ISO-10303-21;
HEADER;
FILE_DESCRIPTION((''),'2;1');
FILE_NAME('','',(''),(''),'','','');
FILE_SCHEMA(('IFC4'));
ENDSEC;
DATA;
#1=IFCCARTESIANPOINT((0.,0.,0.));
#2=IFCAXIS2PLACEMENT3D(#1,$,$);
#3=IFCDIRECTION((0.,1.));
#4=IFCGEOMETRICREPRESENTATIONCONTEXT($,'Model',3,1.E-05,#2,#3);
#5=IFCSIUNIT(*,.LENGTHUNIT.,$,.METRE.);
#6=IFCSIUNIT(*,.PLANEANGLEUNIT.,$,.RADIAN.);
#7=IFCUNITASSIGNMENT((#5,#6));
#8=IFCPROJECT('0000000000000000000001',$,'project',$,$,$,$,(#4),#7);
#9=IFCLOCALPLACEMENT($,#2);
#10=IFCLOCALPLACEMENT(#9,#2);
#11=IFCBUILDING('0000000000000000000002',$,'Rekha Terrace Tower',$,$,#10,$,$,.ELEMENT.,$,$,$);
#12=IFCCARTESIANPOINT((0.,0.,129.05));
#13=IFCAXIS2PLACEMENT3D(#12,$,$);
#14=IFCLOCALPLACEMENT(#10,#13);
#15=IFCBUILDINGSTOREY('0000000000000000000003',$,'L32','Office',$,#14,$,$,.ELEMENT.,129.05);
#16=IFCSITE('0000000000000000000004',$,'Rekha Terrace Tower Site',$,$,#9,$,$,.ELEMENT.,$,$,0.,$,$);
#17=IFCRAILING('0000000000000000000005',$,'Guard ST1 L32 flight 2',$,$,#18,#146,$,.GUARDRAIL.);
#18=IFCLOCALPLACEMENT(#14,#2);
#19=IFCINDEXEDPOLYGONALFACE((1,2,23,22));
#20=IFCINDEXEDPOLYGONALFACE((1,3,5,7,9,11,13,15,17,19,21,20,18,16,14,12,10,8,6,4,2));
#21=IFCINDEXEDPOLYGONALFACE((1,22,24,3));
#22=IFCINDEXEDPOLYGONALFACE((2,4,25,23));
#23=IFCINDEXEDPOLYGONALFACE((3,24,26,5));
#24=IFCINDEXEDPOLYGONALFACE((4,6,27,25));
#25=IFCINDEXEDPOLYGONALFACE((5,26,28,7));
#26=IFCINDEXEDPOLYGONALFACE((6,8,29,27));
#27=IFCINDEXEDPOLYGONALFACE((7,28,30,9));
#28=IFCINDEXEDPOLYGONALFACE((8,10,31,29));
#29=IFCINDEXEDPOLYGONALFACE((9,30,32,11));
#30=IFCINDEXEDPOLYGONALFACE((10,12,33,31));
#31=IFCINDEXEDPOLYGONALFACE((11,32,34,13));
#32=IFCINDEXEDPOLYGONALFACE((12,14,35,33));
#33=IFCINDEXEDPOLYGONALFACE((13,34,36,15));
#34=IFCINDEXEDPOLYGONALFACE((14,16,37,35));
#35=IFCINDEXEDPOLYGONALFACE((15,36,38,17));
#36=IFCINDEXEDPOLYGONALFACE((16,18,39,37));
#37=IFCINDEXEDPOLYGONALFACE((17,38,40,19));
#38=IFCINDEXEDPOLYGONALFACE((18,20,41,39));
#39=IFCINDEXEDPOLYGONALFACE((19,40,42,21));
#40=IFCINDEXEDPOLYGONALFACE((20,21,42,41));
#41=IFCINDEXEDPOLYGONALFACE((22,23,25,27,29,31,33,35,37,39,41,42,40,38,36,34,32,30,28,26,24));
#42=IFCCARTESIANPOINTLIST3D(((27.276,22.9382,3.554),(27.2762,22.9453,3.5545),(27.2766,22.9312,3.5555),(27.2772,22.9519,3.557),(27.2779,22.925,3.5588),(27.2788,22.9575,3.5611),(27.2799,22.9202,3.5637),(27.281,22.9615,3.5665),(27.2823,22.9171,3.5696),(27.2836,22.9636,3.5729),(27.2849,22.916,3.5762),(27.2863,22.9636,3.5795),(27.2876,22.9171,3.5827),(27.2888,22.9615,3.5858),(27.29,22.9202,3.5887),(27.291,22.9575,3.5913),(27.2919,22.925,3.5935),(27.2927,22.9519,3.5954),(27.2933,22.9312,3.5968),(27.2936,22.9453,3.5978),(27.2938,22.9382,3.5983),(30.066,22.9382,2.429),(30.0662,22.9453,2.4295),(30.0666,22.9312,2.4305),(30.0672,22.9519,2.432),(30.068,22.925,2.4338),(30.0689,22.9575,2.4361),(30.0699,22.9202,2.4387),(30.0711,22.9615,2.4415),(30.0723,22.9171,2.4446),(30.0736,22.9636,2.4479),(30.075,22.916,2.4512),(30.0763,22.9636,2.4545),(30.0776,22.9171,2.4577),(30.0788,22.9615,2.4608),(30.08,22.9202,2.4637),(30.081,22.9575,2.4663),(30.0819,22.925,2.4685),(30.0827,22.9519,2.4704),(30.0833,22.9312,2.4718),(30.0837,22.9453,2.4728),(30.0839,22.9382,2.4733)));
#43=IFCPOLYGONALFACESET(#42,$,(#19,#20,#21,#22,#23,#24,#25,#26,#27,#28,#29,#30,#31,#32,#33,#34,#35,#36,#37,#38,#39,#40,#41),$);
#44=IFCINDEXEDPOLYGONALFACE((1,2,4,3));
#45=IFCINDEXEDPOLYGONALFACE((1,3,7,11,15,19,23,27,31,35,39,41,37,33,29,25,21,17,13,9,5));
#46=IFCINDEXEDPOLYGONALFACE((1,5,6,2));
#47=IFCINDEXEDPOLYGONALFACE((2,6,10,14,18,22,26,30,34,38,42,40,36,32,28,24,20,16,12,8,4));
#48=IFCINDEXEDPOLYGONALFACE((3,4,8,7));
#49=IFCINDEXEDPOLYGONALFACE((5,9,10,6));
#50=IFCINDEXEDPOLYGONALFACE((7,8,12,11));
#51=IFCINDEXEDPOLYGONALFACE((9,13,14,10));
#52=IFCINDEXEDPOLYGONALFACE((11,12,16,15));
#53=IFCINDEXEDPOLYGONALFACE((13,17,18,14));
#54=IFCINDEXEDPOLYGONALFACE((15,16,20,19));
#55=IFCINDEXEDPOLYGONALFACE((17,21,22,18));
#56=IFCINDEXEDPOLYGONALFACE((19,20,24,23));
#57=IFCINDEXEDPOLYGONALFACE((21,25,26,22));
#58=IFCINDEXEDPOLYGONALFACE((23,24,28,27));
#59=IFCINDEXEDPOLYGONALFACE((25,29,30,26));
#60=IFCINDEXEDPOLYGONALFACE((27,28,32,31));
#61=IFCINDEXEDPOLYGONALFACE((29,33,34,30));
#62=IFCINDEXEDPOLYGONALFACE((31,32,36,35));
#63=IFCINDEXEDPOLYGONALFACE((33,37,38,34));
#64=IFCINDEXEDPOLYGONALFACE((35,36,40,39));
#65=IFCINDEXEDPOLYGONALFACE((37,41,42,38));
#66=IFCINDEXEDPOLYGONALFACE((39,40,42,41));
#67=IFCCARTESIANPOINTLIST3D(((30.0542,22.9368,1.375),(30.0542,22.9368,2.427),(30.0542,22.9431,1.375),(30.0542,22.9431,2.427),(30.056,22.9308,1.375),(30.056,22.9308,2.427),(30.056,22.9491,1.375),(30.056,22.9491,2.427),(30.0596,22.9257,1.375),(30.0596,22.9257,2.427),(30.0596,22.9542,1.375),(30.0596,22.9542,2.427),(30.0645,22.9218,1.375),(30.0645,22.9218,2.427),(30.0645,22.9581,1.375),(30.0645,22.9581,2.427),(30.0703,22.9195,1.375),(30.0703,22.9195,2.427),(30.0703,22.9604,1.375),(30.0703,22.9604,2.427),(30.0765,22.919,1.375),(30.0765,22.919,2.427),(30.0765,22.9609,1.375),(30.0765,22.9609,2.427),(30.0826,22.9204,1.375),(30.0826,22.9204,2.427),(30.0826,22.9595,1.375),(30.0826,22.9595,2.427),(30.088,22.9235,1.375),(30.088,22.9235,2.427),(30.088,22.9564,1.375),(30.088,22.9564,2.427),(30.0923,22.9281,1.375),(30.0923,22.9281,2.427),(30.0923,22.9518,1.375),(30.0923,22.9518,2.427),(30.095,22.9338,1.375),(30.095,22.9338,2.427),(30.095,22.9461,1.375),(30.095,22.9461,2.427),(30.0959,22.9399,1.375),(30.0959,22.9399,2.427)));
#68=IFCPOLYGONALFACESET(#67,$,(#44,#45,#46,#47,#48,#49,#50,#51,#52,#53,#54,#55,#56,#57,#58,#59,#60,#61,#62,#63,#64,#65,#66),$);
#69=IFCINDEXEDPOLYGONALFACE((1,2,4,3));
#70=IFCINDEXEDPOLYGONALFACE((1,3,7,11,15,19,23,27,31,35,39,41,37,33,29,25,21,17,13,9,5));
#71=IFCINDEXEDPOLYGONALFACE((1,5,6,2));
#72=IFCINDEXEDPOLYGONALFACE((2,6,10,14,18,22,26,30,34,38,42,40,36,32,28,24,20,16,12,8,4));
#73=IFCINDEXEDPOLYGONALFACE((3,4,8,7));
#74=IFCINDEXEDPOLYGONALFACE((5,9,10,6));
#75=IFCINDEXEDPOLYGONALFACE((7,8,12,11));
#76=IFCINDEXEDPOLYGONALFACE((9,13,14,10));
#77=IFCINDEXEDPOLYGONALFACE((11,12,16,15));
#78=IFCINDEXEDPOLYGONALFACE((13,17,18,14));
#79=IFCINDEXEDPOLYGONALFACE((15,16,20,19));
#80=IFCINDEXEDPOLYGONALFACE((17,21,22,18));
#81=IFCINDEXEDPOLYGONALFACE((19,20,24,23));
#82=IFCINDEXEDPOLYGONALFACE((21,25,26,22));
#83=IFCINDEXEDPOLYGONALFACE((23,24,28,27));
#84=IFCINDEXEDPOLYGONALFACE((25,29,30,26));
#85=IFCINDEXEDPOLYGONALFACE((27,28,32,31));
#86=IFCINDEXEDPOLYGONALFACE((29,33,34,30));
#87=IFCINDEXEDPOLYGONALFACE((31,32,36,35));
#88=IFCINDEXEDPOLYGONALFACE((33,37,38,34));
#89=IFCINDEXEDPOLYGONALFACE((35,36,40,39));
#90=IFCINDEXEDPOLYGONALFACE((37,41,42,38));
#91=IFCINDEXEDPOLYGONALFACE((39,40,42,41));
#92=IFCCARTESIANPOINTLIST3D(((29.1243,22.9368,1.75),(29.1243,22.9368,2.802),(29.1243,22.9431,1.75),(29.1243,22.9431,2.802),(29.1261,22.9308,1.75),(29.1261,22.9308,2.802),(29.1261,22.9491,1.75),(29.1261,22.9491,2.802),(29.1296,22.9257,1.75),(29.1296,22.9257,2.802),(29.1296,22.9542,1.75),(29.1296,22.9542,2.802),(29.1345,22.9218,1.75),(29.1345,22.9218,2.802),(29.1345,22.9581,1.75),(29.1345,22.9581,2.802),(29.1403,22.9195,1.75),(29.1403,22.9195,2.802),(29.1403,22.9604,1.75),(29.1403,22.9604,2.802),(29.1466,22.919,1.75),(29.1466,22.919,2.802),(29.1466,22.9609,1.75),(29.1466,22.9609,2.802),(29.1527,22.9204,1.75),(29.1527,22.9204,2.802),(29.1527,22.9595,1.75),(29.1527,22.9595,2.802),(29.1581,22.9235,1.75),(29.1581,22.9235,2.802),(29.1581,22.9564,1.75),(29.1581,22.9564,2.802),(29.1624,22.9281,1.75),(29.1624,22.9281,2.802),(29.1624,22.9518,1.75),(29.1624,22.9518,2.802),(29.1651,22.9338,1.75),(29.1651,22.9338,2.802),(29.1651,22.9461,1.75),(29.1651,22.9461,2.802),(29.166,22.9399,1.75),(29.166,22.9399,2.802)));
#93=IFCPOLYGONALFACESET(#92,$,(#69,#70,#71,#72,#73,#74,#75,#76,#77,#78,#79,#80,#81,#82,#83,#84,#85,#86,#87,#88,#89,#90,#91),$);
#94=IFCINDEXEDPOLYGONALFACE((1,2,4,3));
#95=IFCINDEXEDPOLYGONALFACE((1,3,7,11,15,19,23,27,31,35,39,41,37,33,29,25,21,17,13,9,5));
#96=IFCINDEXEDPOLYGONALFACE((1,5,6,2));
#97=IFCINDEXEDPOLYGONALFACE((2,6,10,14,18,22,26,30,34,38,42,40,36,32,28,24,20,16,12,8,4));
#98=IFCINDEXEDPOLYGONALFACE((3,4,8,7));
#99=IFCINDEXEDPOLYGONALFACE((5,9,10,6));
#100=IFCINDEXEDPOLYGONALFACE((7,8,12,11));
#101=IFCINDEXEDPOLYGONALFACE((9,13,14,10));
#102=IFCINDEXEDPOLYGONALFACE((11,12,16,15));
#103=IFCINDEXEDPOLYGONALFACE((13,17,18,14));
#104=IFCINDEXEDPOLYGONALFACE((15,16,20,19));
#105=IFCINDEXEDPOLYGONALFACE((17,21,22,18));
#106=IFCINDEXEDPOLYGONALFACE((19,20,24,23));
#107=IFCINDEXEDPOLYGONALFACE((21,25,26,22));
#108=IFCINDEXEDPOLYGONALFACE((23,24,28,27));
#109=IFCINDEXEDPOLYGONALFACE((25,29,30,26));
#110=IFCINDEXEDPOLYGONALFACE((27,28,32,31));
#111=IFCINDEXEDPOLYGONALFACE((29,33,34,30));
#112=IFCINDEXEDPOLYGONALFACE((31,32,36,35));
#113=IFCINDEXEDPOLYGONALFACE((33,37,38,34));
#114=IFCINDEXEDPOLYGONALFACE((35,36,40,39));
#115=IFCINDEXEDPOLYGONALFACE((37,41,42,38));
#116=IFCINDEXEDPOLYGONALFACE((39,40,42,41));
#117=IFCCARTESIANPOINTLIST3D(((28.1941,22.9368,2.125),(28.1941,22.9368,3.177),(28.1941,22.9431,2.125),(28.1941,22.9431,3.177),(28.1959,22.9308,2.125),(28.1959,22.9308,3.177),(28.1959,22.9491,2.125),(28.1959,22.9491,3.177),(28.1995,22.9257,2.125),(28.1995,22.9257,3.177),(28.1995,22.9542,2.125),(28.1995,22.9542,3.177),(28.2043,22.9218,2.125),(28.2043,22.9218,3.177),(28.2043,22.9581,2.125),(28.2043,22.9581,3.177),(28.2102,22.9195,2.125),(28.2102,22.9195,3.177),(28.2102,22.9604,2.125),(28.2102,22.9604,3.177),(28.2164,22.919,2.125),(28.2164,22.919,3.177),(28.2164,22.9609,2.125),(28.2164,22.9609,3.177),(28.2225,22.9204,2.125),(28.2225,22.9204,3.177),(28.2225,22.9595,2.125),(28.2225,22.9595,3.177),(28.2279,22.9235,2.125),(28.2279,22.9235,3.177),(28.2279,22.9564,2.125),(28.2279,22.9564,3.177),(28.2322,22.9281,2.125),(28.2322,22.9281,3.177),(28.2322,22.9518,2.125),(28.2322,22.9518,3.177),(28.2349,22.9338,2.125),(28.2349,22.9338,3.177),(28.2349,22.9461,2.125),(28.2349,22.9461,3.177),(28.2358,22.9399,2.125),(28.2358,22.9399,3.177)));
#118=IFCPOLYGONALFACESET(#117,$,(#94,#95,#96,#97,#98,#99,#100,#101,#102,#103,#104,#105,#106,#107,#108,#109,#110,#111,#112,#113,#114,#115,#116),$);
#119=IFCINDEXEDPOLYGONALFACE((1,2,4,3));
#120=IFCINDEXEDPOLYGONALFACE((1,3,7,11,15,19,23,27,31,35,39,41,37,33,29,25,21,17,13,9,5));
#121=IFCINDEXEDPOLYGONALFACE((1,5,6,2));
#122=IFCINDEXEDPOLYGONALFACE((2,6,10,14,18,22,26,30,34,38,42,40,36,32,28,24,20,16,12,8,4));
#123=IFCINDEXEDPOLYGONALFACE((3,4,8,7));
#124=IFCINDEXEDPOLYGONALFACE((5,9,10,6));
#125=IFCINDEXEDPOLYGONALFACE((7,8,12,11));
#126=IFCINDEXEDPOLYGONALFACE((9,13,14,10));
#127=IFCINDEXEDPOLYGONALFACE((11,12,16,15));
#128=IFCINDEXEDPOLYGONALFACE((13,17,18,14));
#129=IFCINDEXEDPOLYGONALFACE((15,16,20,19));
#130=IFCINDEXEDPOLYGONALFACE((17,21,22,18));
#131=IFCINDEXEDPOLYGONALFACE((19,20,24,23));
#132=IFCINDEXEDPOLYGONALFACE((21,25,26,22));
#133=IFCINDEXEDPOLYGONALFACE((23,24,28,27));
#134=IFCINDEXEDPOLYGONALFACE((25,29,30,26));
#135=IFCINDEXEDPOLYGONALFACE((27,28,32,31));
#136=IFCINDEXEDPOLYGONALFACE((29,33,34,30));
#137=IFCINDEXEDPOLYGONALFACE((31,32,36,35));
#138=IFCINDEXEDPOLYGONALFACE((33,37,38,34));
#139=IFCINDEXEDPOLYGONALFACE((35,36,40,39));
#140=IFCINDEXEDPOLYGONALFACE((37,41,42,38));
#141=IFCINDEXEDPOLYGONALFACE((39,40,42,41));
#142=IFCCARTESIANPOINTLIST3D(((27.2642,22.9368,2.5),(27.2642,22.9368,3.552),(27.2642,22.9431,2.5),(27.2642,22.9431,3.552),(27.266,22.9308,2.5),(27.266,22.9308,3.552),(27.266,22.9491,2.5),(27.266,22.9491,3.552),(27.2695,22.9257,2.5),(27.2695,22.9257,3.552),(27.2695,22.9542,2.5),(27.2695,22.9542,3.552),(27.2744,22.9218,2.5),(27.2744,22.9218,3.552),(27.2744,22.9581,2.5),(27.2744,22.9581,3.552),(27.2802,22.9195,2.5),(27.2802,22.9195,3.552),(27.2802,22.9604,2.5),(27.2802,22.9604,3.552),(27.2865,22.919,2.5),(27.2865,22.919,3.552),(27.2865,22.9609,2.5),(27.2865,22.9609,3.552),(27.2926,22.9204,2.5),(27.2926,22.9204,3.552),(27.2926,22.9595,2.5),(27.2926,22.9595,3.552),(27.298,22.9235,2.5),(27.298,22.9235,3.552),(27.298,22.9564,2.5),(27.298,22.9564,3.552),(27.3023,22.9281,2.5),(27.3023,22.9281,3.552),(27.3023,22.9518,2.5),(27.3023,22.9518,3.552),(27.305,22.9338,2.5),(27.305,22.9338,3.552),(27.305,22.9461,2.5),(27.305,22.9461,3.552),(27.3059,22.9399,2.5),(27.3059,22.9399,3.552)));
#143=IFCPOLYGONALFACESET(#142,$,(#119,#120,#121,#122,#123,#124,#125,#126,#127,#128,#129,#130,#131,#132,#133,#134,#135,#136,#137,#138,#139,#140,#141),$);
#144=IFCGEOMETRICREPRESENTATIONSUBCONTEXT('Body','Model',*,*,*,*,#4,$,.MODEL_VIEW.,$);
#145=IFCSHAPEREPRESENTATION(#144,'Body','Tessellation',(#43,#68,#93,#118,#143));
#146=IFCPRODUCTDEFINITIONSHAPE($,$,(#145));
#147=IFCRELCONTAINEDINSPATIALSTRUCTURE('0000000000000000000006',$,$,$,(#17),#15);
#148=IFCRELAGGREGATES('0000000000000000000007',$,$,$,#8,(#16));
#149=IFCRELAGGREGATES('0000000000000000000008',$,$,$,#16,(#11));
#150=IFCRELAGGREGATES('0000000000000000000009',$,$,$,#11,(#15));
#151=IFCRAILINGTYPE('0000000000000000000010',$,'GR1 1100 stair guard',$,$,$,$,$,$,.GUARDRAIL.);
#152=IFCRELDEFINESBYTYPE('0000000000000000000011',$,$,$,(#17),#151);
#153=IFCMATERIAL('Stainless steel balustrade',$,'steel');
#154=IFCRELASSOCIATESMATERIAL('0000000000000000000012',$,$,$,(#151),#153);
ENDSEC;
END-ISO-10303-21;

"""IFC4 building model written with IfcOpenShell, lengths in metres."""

from ifc_helpers import new_model, si_unit, direction, frame, origin, origin_2d, place, context, subcontext, project, spatial, circle, extrude, material, type_object, element, save


model = new_model("IFC4")

# Units and contexts
model_context = context("Model", 3, precision=1e-05, world=origin(), true_north=direction((0.0, 1.0)))
body_context = subcontext(model_context, "Body", "Model", "MODEL_VIEW")
ifc_project = project(units=[si_unit("LENGTHUNIT", "METRE"), si_unit("PLANEANGLEUNIT", "RADIAN")], contexts=[model_context])

# Site, building, storey
site_placement = place(None, origin())
site = spatial("IfcSite", under=ifc_project, at=site_placement, Name="Rekha Terrace Tower Site", CompositionType="ELEMENT", RefElevation=0.0)
building_placement = place(site_placement, origin())
building = spatial("IfcBuilding", under=site, at=building_placement, Name="Rekha Terrace Tower", CompositionType="ELEMENT")
storey_placement = place(building_placement, frame((0.0, 0.0, 129.05)))
storey = spatial("IfcBuildingStorey", under=building, at=storey_placement, Name="L32", Description="Office", CompositionType="ELEMENT", Elevation=129.05)

# Railing
ifc_material_1 = material(Name="Stainless steel balustrade", Category="steel")
railing_type_1 = type_object("IfcRailingType", Name="GR1 1100 stair guard", PredefinedType="GUARDRAIL", material=ifc_material_1)
railing_1_placement = place(storey_placement, frame((30.075, 22.9399, 1.375)))
element("IfcRailing", 1, at=railing_1_placement, inside=storey, type_object=railing_type_1, Name="Guard ST1 L32 flight 2", PredefinedType="GUARDRAIL", context=body_context, shape_type="SweptSolid", body=[
    extrude(circle(Radius=0.0239, at=origin_2d()), frame((0.0, 0.0, 1.0762), z_axis=(-0.927443, 0.0, 0.373964), x_axis=(0.0, -1.0, 0.0)), (0.0, 0.0, 1.0), 3.0083),
    extrude(circle(Radius=0.021, at=origin_2d()), origin(), (0.0, 0.0, 1.0), 1.052),
    extrude(circle(Radius=0.021, at=origin_2d()), frame((-0.9299, 0.0, 0.375)), (0.0, 0.0, 1.0), 1.052),
    extrude(circle(Radius=0.021, at=origin_2d()), frame((-1.8601, 0.0, 0.75)), (0.0, 0.0, 1.0), 1.052),
    extrude(circle(Radius=0.021, at=origin_2d()), frame((-2.79, 0.0, 1.125)), (0.0, 0.0, 1.0), 1.052),
])

save(model, "model.ifc")
